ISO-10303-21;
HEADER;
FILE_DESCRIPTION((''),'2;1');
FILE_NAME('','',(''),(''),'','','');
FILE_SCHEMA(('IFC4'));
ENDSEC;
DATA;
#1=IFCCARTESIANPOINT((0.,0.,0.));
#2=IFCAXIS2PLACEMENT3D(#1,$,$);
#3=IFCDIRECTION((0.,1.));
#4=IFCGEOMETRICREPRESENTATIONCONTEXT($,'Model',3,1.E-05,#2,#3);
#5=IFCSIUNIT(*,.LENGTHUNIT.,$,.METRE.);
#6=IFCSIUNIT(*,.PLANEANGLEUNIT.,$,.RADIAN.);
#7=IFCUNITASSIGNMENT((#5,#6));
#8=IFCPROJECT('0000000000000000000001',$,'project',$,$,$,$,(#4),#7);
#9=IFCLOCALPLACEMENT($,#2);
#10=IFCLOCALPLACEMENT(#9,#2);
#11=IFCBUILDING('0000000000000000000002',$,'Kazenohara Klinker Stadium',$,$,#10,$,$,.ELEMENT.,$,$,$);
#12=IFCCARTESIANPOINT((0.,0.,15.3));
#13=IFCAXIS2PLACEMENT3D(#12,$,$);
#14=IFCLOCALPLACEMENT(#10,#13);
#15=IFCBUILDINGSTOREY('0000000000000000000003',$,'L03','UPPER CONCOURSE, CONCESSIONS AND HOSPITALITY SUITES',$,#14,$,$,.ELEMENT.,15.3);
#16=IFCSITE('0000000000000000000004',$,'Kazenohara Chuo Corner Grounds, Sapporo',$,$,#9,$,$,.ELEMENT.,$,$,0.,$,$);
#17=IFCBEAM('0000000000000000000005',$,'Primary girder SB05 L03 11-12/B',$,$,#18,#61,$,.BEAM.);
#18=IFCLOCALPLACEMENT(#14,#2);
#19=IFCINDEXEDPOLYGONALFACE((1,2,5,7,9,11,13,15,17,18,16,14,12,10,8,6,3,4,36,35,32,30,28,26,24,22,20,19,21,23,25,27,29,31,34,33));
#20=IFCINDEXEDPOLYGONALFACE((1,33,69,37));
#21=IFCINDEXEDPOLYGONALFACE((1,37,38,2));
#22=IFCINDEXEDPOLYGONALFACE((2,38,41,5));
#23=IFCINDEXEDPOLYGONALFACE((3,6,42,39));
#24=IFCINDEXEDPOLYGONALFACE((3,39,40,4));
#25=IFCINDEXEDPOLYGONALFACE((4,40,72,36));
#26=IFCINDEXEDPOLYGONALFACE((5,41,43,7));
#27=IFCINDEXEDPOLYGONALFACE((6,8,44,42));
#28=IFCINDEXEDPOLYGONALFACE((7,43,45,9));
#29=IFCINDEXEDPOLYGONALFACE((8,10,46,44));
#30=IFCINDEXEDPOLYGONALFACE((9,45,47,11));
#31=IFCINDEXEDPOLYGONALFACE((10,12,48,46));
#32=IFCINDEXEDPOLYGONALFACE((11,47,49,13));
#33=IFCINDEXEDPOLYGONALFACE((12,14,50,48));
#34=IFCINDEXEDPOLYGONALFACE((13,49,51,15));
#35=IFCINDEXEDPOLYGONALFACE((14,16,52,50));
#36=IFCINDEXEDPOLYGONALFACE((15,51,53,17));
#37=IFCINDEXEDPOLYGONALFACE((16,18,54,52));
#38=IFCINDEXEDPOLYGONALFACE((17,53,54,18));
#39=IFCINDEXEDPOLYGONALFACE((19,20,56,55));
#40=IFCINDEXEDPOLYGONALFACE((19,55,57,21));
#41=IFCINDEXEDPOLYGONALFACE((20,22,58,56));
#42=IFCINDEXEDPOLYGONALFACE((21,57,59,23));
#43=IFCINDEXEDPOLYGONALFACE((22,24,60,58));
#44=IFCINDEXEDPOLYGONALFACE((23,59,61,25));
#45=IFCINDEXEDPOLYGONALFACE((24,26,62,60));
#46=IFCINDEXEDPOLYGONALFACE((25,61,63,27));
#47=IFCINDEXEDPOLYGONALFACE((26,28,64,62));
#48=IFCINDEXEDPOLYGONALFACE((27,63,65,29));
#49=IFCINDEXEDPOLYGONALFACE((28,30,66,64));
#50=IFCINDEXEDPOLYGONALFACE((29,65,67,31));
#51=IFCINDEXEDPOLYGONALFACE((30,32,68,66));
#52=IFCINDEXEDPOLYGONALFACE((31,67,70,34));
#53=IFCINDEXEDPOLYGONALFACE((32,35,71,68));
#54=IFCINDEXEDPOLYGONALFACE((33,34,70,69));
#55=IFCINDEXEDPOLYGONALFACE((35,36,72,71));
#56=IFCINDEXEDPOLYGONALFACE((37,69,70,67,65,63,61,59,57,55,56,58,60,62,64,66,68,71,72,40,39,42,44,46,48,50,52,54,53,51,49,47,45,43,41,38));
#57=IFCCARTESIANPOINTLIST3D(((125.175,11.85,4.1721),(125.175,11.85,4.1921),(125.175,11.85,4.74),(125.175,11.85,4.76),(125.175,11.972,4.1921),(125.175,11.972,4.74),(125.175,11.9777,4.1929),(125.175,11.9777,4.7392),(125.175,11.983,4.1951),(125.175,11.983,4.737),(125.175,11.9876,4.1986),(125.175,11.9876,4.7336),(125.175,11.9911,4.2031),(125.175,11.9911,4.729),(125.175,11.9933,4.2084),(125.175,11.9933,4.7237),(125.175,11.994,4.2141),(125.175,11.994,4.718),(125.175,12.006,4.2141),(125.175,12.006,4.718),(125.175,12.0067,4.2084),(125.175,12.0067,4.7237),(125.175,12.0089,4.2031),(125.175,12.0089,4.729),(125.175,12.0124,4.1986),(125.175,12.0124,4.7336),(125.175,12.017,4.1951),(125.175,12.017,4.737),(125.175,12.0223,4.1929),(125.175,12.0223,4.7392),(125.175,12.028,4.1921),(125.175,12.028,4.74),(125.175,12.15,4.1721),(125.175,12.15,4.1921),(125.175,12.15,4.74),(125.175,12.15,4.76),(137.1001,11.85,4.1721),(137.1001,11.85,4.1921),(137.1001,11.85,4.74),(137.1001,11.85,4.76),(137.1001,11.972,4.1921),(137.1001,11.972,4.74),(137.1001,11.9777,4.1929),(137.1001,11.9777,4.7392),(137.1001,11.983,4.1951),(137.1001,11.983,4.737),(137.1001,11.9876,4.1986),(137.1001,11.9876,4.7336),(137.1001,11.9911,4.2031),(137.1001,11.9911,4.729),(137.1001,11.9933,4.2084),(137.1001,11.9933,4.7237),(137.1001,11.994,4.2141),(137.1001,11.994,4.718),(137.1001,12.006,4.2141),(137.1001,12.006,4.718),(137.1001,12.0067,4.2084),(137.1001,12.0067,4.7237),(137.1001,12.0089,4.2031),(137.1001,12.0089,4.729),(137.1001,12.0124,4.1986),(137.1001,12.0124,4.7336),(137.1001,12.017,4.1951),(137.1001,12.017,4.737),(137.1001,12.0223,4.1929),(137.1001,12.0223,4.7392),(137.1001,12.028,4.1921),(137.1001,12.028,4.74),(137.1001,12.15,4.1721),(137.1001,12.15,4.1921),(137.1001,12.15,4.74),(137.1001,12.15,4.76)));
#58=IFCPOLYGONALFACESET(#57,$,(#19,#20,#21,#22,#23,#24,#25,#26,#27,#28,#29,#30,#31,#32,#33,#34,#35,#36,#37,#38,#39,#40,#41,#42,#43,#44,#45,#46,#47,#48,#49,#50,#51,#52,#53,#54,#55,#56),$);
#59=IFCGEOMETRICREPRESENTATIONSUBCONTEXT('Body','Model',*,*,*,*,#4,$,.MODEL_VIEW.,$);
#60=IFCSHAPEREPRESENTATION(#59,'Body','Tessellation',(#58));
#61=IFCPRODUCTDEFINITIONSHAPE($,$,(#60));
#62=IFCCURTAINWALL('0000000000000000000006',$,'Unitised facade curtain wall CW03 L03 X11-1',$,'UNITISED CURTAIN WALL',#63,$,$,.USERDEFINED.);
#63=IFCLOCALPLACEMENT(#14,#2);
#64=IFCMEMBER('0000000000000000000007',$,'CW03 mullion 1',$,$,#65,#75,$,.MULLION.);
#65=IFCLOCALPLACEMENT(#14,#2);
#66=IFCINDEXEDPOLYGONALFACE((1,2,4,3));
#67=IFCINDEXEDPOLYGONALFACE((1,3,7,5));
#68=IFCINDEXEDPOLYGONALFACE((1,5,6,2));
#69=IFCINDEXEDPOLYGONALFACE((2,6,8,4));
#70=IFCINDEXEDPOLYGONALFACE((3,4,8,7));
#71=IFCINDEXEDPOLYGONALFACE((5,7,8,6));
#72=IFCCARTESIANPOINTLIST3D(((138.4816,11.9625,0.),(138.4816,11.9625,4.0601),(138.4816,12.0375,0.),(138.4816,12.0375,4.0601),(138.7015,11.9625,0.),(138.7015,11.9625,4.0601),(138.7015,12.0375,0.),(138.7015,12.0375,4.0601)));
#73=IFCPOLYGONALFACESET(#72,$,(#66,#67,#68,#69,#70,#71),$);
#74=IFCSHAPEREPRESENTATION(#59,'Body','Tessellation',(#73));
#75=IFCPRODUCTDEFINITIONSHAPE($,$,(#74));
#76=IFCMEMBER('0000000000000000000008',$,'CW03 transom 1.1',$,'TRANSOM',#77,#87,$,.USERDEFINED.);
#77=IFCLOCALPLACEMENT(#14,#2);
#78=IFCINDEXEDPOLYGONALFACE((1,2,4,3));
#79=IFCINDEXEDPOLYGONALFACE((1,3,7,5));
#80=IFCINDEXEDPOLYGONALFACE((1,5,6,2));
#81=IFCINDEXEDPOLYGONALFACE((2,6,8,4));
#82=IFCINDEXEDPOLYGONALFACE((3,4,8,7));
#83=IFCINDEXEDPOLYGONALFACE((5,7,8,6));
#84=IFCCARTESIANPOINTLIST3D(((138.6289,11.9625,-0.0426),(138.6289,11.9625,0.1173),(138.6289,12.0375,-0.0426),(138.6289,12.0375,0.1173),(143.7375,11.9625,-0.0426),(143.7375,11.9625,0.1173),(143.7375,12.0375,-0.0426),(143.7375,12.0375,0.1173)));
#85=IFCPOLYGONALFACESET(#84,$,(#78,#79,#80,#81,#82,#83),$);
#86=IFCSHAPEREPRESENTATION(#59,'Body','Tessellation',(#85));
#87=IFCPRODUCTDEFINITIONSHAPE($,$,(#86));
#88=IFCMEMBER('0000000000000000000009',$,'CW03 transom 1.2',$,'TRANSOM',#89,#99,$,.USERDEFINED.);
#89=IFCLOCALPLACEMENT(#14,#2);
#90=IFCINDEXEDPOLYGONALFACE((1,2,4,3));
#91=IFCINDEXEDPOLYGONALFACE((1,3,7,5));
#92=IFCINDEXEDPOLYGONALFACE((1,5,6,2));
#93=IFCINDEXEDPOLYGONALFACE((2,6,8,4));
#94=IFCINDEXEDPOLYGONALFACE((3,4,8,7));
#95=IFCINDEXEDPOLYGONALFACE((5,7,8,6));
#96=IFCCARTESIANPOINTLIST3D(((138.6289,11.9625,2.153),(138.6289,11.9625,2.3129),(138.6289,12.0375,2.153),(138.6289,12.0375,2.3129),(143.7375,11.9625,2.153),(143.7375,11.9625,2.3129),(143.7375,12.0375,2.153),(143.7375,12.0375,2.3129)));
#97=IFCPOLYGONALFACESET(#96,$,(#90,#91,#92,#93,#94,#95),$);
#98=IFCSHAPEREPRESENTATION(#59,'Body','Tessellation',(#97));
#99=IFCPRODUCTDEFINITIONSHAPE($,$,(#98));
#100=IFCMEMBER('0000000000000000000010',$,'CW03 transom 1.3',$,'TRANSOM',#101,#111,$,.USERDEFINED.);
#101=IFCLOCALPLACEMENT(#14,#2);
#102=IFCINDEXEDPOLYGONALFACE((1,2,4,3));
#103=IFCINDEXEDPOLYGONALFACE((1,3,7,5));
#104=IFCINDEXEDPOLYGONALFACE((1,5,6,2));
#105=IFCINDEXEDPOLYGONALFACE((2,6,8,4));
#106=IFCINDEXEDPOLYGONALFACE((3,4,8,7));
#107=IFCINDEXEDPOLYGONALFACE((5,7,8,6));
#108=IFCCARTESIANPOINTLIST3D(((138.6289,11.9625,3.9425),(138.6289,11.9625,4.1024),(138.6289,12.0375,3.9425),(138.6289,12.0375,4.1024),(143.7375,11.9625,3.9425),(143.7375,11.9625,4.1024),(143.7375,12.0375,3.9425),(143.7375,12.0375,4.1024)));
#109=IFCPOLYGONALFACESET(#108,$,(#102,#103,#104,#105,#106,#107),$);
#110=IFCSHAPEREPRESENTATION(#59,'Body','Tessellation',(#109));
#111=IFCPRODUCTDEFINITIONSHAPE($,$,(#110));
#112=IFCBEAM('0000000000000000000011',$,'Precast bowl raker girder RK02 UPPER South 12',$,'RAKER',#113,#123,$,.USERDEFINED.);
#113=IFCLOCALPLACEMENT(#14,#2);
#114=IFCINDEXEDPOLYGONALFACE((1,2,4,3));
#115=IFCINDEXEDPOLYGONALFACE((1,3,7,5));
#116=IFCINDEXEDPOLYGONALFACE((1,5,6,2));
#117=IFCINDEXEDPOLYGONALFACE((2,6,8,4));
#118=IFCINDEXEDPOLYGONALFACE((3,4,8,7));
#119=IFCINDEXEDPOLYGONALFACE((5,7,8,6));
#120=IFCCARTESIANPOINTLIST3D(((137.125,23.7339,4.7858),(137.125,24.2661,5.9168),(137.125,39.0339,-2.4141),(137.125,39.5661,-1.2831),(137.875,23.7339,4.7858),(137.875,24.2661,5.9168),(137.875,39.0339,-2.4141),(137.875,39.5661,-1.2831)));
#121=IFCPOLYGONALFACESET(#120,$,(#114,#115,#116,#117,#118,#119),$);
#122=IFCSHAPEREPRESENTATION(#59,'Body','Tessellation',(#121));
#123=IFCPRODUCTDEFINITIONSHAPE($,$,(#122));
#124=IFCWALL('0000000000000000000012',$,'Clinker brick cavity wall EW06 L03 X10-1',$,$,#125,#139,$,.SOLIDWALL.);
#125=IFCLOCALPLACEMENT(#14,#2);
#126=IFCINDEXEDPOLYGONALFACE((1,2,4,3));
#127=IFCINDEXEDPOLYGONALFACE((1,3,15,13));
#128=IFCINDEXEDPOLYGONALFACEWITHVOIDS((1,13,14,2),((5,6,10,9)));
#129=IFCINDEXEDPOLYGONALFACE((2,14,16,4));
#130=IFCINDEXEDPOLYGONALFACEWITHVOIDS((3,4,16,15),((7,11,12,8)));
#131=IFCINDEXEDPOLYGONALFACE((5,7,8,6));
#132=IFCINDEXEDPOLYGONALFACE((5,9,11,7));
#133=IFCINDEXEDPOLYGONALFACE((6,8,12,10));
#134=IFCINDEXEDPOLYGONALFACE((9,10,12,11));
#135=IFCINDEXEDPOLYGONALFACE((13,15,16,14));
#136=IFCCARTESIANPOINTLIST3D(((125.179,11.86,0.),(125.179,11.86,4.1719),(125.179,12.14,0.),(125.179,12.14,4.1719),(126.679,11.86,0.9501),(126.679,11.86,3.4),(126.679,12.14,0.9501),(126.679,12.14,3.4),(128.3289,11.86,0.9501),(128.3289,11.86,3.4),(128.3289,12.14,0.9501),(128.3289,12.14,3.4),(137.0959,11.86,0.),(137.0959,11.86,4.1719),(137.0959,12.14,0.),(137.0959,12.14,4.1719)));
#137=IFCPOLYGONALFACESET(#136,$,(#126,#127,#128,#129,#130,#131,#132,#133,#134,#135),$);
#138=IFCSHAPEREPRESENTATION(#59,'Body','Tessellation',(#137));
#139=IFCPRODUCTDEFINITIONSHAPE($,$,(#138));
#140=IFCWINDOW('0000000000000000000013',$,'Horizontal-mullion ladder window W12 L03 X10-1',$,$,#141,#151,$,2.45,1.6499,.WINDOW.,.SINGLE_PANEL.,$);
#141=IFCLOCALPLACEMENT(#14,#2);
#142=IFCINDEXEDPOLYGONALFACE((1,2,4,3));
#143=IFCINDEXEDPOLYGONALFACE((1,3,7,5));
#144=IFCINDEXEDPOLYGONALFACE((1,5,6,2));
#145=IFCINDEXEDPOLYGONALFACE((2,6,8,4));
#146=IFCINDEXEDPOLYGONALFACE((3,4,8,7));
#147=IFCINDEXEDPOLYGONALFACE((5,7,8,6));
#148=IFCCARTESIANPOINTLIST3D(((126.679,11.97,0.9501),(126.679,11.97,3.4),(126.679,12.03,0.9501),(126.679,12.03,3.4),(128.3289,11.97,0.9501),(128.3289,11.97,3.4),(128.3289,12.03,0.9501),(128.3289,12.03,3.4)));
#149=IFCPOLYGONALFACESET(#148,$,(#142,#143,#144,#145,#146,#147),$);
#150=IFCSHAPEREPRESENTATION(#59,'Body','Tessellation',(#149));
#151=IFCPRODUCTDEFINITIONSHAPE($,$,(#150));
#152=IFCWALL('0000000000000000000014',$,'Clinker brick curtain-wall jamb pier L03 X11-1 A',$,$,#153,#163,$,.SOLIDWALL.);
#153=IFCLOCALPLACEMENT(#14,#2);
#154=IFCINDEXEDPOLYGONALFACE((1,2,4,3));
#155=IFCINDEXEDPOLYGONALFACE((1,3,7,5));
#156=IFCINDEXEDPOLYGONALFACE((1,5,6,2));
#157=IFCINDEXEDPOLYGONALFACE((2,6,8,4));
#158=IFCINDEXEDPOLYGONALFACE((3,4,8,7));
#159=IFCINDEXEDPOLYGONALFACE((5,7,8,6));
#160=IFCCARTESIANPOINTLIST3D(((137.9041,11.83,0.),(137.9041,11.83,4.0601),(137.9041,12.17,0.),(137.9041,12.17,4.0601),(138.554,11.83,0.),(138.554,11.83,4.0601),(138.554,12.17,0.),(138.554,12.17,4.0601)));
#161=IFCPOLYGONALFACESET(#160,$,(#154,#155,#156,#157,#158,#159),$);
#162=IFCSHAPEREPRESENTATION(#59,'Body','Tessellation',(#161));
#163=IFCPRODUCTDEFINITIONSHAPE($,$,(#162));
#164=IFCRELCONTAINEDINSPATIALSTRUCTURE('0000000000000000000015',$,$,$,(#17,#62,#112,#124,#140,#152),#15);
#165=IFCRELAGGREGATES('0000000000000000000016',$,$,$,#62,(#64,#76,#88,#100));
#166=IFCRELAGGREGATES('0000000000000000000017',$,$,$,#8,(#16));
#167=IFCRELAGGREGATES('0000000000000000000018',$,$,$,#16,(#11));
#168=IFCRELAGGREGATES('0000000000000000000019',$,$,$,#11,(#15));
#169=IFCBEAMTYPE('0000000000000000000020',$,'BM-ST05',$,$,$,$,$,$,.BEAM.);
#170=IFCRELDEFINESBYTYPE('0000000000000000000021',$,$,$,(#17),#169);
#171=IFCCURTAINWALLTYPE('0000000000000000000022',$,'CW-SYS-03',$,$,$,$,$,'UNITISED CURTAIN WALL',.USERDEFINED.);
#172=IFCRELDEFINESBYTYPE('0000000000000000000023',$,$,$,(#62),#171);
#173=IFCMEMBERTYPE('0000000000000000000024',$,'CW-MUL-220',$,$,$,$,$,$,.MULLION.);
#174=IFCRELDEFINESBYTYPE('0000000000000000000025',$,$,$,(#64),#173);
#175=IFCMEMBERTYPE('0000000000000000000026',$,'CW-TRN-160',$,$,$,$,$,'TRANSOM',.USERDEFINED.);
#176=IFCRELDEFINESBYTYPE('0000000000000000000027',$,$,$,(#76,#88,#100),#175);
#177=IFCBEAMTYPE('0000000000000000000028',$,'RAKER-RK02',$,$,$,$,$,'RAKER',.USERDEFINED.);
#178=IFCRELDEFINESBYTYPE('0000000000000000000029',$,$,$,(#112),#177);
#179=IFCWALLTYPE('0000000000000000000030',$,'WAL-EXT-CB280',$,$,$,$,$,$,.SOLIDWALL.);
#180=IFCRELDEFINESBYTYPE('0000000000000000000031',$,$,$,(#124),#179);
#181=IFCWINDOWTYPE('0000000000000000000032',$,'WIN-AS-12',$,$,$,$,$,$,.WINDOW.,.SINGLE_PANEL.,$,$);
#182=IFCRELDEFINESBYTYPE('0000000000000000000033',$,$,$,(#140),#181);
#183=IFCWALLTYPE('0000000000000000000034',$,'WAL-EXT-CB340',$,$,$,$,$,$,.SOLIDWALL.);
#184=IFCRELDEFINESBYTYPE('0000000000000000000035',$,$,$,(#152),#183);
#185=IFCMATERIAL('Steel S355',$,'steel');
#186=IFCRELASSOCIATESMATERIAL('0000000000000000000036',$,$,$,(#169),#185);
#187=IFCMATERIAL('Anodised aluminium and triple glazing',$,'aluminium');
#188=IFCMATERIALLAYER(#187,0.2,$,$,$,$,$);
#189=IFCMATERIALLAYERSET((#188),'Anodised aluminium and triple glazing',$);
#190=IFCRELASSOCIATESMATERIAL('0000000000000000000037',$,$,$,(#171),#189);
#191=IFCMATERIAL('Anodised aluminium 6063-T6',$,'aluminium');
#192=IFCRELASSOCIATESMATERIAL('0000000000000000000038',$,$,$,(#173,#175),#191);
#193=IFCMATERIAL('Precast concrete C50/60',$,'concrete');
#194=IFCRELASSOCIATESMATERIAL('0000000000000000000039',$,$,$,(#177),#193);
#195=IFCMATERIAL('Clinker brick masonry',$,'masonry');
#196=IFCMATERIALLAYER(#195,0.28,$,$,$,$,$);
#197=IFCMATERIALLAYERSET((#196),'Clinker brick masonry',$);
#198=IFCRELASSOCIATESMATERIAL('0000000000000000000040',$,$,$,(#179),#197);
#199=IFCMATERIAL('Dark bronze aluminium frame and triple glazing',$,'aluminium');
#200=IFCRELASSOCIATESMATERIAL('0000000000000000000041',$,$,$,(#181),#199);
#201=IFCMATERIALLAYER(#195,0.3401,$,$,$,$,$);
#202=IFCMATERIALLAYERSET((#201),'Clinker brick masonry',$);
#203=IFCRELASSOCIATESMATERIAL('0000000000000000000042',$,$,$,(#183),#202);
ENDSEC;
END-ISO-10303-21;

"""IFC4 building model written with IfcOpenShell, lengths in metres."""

from ifc_helpers import new_model, si_unit, direction, frame, frame_2d, origin, origin_2d, place, context, subcontext, project, spatial, rectangle, i_section, extrude, material, layer, layer_set, material_profile, profile_set, type_object, element, fill, aggregate, save


model = new_model("IFC4")

# Units and contexts
model_context = context("Model", 3, precision=1e-05, world=origin(), true_north=direction((0.0, 1.0)))
body_context = subcontext(model_context, "Body", "Model", "MODEL_VIEW")
ifc_project = project(units=[si_unit("LENGTHUNIT", "METRE"), si_unit("PLANEANGLEUNIT", "RADIAN")], contexts=[model_context])

# Site, building, storey
site_placement = place(None, origin())
site = spatial("IfcSite", under=ifc_project, at=site_placement, Name="Kazenohara Chuo Corner Grounds, Sapporo", CompositionType="ELEMENT", RefElevation=0.0)
building_placement = place(site_placement, origin())
building = spatial("IfcBuilding", under=site, at=building_placement, Name="Kazenohara Klinker Stadium", CompositionType="ELEMENT")
storey_placement = place(building_placement, frame((0.0, 0.0, 15.3)))
storey = spatial("IfcBuildingStorey", under=building, at=storey_placement, Name="L03", Description="UPPER CONCOURSE, CONCESSIONS AND HOSPITALITY SUITES", CompositionType="ELEMENT", Elevation=15.3)

# Beam
ifc_material_1 = material(Name="Steel S355", Category="steel")
ifc_material_profile_1 = material_profile(ifc_material_1, i_section(OverallWidth=0.3, OverallDepth=0.5879, WebThickness=0.012, FlangeThickness=0.02, FilletRadius=0.022, at=origin_2d()), Name="H-588x300x12x20")
ifc_profile_set_1 = profile_set([ifc_material_profile_1], Name="Steel S355")
beam_type_1 = type_object("IfcBeamType", Name="BM-ST05", PredefinedType="BEAM", material=ifc_profile_set_1)
beam_1_placement = place(storey_placement, frame((125.175, 12.0, 4.4661), z_axis=(1.0, 0.0, 0.0), x_axis=(0.0, 1.0, 0.0)))
element("IfcBeam", 1, at=beam_1_placement, inside=storey, type_object=beam_type_1, Name="Primary girder SB05 L03 11-12/B", PredefinedType="BEAM", context=body_context, shape_type="SweptSolid", body=[
    extrude(i_section(OverallWidth=0.3, OverallDepth=0.5879, WebThickness=0.012, FlangeThickness=0.02, FilletRadius=0.022, at=origin_2d()), origin(), (0.0, 0.0, 1.0), 11.925),
])

# Curtain wall, members
ifc_material_2 = material(Name="Anodised aluminium and triple glazing", Category="aluminium")
ifc_layer_1 = layer(ifc_material_2, 0.2)
ifc_layer_set_1 = layer_set([ifc_layer_1], Name="Anodised aluminium and triple glazing")
curtain_wall_type = type_object("IfcCurtainWallType", Name="CW-SYS-03", ElementType="UNITISED CURTAIN WALL", PredefinedType="USERDEFINED", material=ifc_layer_set_1)
curtain_wall_placement = place(storey_placement, origin())
curtain_wall = element("IfcCurtainWall", 2, at=curtain_wall_placement, inside=storey, type_object=curtain_wall_type, Name="Unitised facade curtain wall CW03 L03 X11-1", ObjectType="UNITISED CURTAIN WALL", PredefinedType="USERDEFINED")
ifc_material_3 = material(Name="Anodised aluminium 6063-T6", Category="aluminium")
ifc_material_profile_2 = material_profile(ifc_material_3, rectangle(XDim=0.075, YDim=0.22, at=origin_2d()), Name="ALU-MUL-75x220")
ifc_profile_set_2 = profile_set([ifc_material_profile_2], Name="Anodised aluminium 6063-T6")
member_type_1 = type_object("IfcMemberType", Name="CW-MUL-220", PredefinedType="MULLION", material=ifc_profile_set_2)
member_1_placement = place(storey_placement, frame((138.5916, 12.0, 0.0), z_axis=(0.0, 0.0, 1.0), x_axis=(0.0, 1.0, 0.0)))
member_1 = element("IfcMember", 3, at=member_1_placement, type_object=member_type_1, Name="CW03 mullion 1", PredefinedType="MULLION", context=body_context, shape_type="SweptSolid", body=[
    extrude(rectangle(XDim=0.075, YDim=0.22, at=origin_2d()), origin(), (0.0, 0.0, 1.0), 4.0601),
])
ifc_material_profile_3 = material_profile(ifc_material_3, rectangle(XDim=0.075, YDim=0.1599, at=origin_2d()), Name="ALU-TRN-75x160")
ifc_profile_set_3 = profile_set([ifc_material_profile_3], Name="Anodised aluminium 6063-T6")
member_type_2 = type_object("IfcMemberType", Name="CW-TRN-160", ElementType="TRANSOM", PredefinedType="USERDEFINED", material=ifc_profile_set_3)
member_2_placement = place(storey_placement, frame((138.6289, 12.0, 0.0374), z_axis=(1.0, 0.0, 0.0), x_axis=(0.0, 1.0, 0.0)))
member_2 = element("IfcMember", 4, at=member_2_placement, type_object=member_type_2, Name="CW03 transom 1.1", ObjectType="TRANSOM", PredefinedType="USERDEFINED", context=body_context, shape_type="SweptSolid", body=[
    extrude(rectangle(XDim=0.075, YDim=0.1599, at=origin_2d()), origin(), (0.0, 0.0, 1.0), 5.1086),
])
member_3_placement = place(storey_placement, frame((138.6289, 12.0, 2.2329), z_axis=(1.0, 0.0, 0.0), x_axis=(0.0, 1.0, 0.0)))
member_3 = element("IfcMember", 5, at=member_3_placement, type_object=member_type_2, Name="CW03 transom 1.2", ObjectType="TRANSOM", PredefinedType="USERDEFINED", context=body_context, shape_type="SweptSolid", body=[
    extrude(rectangle(XDim=0.075, YDim=0.1599, at=origin_2d()), origin(), (0.0, 0.0, 1.0), 5.1086),
])
member_4_placement = place(storey_placement, frame((138.6289, 12.0, 4.0225), z_axis=(1.0, 0.0, 0.0), x_axis=(0.0, 1.0, 0.0)))
member_4 = element("IfcMember", 6, at=member_4_placement, type_object=member_type_2, Name="CW03 transom 1.3", ObjectType="TRANSOM", PredefinedType="USERDEFINED", context=body_context, shape_type="SweptSolid", body=[
    extrude(rectangle(XDim=0.075, YDim=0.1599, at=origin_2d()), origin(), (0.0, 0.0, 1.0), 5.1086),
])
aggregate(curtain_wall, [member_1, member_2, member_3, member_4])

# Beam
ifc_material_4 = material(Name="Precast concrete C50/60", Category="concrete")
ifc_material_profile_4 = material_profile(ifc_material_4, rectangle(XDim=0.75, YDim=1.25, at=origin_2d()), Name="PC-RAKER-750x1250")
ifc_profile_set_4 = profile_set([ifc_material_profile_4], Name="Precast concrete C50/60")
beam_type_2 = type_object("IfcBeamType", Name="RAKER-RK02", ElementType="RAKER", PredefinedType="USERDEFINED", material=ifc_profile_set_4)
beam_2_placement = place(storey_placement, frame((137.5, 24.0, 5.3513), z_axis=(0.0, 0.90482, -0.425794), x_axis=(-1.0, 0.0, 0.0)))
element("IfcBeam", 7, at=beam_2_placement, inside=storey, type_object=beam_type_2, Name="Precast bowl raker girder RK02 UPPER South 12", ObjectType="RAKER", PredefinedType="USERDEFINED", context=body_context, shape_type="SweptSolid", body=[
    extrude(rectangle(XDim=0.75, YDim=1.25, at=origin_2d()), origin(), (0.0, 0.0, 1.0), 16.9094),
])

# Wall, opening, window
ifc_material_5 = material(Name="Clinker brick masonry", Category="masonry")
ifc_layer_2 = layer(ifc_material_5, 0.28)
ifc_layer_set_2 = layer_set([ifc_layer_2], Name="Clinker brick masonry")
wall_type_1 = type_object("IfcWallType", Name="WAL-EXT-CB280", PredefinedType="SOLIDWALL", material=ifc_layer_set_2)
wall_1_placement = place(storey_placement, frame((125.179, 12.0, 0.0), z_axis=(0.0, 0.0, 1.0), x_axis=(1.0, 0.0, 0.0)))
wall_1 = element("IfcWall", 8, at=wall_1_placement, inside=storey, type_object=wall_type_1, Name="Clinker brick cavity wall EW06 L03 X10-1", PredefinedType="SOLIDWALL", context=body_context, shape_type="SweptSolid", body=[
    extrude(rectangle(XDim=11.917, YDim=0.28, at=frame_2d((5.9585, 0.0))), origin(), (0.0, 0.0, 1.0), 4.1719),
])
opening_1_placement = place(wall_1_placement, frame((1.5, 0.0, 0.95)))
opening_1 = element("IfcOpeningElement", 9, at=opening_1_placement, cuts=wall_1, PredefinedType="OPENING", context=body_context, shape_type="SweptSolid", body=[
    extrude(rectangle(XDim=1.6499, YDim=2.45, at=frame_2d((0.825, 1.2251))), frame((0.0, 0.1499, 0.0), z_axis=(0.0, -1.0, 0.0), x_axis=(1.0, 0.0, 0.0)), (0.0, 0.0, 1.0), 0.3),
])
ifc_material_6 = material(Name="Dark bronze aluminium frame and triple glazing", Category="aluminium")
window_type = type_object("IfcWindowType", Name="WIN-AS-12", PartitioningType="SINGLE_PANEL", PredefinedType="WINDOW", material=ifc_material_6)
window_placement = place(opening_1_placement, origin())
window = element("IfcWindow", 10, at=window_placement, inside=storey, type_object=window_type, Name="Horizontal-mullion ladder window W12 L03 X10-1", OverallHeight=2.45, OverallWidth=1.6499, PartitioningType="SINGLE_PANEL", PredefinedType="WINDOW", context=body_context, shape_type="SweptSolid", body=[
    extrude(rectangle(XDim=1.6499, YDim=2.45, at=frame_2d((0.825, 1.2251))), frame((0.0, 0.03, 0.0), z_axis=(0.0, -1.0, 0.0), x_axis=(1.0, 0.0, 0.0)), (0.0, 0.0, 1.0), 0.0601),
])
fill(opening_1, window)

# Wall
ifc_layer_3 = layer(ifc_material_5, 0.3401)
ifc_layer_set_3 = layer_set([ifc_layer_3], Name="Clinker brick masonry")
wall_type_2 = type_object("IfcWallType", Name="WAL-EXT-CB340", PredefinedType="SOLIDWALL", material=ifc_layer_set_3)
wall_2_placement = place(storey_placement, frame((137.9041, 12.0, 0.0), z_axis=(0.0, 0.0, 1.0), x_axis=(1.0, 0.0, 0.0)))
element("IfcWall", 11, at=wall_2_placement, inside=storey, type_object=wall_type_2, Name="Clinker brick curtain-wall jamb pier L03 X11-1 A", PredefinedType="SOLIDWALL", context=body_context, shape_type="SweptSolid", body=[
    extrude(rectangle(XDim=0.6499, YDim=0.3401, at=frame_2d((0.325, 0.0))), origin(), (0.0, 0.0, 1.0), 4.0601),
])

save(model, "model.ifc")
